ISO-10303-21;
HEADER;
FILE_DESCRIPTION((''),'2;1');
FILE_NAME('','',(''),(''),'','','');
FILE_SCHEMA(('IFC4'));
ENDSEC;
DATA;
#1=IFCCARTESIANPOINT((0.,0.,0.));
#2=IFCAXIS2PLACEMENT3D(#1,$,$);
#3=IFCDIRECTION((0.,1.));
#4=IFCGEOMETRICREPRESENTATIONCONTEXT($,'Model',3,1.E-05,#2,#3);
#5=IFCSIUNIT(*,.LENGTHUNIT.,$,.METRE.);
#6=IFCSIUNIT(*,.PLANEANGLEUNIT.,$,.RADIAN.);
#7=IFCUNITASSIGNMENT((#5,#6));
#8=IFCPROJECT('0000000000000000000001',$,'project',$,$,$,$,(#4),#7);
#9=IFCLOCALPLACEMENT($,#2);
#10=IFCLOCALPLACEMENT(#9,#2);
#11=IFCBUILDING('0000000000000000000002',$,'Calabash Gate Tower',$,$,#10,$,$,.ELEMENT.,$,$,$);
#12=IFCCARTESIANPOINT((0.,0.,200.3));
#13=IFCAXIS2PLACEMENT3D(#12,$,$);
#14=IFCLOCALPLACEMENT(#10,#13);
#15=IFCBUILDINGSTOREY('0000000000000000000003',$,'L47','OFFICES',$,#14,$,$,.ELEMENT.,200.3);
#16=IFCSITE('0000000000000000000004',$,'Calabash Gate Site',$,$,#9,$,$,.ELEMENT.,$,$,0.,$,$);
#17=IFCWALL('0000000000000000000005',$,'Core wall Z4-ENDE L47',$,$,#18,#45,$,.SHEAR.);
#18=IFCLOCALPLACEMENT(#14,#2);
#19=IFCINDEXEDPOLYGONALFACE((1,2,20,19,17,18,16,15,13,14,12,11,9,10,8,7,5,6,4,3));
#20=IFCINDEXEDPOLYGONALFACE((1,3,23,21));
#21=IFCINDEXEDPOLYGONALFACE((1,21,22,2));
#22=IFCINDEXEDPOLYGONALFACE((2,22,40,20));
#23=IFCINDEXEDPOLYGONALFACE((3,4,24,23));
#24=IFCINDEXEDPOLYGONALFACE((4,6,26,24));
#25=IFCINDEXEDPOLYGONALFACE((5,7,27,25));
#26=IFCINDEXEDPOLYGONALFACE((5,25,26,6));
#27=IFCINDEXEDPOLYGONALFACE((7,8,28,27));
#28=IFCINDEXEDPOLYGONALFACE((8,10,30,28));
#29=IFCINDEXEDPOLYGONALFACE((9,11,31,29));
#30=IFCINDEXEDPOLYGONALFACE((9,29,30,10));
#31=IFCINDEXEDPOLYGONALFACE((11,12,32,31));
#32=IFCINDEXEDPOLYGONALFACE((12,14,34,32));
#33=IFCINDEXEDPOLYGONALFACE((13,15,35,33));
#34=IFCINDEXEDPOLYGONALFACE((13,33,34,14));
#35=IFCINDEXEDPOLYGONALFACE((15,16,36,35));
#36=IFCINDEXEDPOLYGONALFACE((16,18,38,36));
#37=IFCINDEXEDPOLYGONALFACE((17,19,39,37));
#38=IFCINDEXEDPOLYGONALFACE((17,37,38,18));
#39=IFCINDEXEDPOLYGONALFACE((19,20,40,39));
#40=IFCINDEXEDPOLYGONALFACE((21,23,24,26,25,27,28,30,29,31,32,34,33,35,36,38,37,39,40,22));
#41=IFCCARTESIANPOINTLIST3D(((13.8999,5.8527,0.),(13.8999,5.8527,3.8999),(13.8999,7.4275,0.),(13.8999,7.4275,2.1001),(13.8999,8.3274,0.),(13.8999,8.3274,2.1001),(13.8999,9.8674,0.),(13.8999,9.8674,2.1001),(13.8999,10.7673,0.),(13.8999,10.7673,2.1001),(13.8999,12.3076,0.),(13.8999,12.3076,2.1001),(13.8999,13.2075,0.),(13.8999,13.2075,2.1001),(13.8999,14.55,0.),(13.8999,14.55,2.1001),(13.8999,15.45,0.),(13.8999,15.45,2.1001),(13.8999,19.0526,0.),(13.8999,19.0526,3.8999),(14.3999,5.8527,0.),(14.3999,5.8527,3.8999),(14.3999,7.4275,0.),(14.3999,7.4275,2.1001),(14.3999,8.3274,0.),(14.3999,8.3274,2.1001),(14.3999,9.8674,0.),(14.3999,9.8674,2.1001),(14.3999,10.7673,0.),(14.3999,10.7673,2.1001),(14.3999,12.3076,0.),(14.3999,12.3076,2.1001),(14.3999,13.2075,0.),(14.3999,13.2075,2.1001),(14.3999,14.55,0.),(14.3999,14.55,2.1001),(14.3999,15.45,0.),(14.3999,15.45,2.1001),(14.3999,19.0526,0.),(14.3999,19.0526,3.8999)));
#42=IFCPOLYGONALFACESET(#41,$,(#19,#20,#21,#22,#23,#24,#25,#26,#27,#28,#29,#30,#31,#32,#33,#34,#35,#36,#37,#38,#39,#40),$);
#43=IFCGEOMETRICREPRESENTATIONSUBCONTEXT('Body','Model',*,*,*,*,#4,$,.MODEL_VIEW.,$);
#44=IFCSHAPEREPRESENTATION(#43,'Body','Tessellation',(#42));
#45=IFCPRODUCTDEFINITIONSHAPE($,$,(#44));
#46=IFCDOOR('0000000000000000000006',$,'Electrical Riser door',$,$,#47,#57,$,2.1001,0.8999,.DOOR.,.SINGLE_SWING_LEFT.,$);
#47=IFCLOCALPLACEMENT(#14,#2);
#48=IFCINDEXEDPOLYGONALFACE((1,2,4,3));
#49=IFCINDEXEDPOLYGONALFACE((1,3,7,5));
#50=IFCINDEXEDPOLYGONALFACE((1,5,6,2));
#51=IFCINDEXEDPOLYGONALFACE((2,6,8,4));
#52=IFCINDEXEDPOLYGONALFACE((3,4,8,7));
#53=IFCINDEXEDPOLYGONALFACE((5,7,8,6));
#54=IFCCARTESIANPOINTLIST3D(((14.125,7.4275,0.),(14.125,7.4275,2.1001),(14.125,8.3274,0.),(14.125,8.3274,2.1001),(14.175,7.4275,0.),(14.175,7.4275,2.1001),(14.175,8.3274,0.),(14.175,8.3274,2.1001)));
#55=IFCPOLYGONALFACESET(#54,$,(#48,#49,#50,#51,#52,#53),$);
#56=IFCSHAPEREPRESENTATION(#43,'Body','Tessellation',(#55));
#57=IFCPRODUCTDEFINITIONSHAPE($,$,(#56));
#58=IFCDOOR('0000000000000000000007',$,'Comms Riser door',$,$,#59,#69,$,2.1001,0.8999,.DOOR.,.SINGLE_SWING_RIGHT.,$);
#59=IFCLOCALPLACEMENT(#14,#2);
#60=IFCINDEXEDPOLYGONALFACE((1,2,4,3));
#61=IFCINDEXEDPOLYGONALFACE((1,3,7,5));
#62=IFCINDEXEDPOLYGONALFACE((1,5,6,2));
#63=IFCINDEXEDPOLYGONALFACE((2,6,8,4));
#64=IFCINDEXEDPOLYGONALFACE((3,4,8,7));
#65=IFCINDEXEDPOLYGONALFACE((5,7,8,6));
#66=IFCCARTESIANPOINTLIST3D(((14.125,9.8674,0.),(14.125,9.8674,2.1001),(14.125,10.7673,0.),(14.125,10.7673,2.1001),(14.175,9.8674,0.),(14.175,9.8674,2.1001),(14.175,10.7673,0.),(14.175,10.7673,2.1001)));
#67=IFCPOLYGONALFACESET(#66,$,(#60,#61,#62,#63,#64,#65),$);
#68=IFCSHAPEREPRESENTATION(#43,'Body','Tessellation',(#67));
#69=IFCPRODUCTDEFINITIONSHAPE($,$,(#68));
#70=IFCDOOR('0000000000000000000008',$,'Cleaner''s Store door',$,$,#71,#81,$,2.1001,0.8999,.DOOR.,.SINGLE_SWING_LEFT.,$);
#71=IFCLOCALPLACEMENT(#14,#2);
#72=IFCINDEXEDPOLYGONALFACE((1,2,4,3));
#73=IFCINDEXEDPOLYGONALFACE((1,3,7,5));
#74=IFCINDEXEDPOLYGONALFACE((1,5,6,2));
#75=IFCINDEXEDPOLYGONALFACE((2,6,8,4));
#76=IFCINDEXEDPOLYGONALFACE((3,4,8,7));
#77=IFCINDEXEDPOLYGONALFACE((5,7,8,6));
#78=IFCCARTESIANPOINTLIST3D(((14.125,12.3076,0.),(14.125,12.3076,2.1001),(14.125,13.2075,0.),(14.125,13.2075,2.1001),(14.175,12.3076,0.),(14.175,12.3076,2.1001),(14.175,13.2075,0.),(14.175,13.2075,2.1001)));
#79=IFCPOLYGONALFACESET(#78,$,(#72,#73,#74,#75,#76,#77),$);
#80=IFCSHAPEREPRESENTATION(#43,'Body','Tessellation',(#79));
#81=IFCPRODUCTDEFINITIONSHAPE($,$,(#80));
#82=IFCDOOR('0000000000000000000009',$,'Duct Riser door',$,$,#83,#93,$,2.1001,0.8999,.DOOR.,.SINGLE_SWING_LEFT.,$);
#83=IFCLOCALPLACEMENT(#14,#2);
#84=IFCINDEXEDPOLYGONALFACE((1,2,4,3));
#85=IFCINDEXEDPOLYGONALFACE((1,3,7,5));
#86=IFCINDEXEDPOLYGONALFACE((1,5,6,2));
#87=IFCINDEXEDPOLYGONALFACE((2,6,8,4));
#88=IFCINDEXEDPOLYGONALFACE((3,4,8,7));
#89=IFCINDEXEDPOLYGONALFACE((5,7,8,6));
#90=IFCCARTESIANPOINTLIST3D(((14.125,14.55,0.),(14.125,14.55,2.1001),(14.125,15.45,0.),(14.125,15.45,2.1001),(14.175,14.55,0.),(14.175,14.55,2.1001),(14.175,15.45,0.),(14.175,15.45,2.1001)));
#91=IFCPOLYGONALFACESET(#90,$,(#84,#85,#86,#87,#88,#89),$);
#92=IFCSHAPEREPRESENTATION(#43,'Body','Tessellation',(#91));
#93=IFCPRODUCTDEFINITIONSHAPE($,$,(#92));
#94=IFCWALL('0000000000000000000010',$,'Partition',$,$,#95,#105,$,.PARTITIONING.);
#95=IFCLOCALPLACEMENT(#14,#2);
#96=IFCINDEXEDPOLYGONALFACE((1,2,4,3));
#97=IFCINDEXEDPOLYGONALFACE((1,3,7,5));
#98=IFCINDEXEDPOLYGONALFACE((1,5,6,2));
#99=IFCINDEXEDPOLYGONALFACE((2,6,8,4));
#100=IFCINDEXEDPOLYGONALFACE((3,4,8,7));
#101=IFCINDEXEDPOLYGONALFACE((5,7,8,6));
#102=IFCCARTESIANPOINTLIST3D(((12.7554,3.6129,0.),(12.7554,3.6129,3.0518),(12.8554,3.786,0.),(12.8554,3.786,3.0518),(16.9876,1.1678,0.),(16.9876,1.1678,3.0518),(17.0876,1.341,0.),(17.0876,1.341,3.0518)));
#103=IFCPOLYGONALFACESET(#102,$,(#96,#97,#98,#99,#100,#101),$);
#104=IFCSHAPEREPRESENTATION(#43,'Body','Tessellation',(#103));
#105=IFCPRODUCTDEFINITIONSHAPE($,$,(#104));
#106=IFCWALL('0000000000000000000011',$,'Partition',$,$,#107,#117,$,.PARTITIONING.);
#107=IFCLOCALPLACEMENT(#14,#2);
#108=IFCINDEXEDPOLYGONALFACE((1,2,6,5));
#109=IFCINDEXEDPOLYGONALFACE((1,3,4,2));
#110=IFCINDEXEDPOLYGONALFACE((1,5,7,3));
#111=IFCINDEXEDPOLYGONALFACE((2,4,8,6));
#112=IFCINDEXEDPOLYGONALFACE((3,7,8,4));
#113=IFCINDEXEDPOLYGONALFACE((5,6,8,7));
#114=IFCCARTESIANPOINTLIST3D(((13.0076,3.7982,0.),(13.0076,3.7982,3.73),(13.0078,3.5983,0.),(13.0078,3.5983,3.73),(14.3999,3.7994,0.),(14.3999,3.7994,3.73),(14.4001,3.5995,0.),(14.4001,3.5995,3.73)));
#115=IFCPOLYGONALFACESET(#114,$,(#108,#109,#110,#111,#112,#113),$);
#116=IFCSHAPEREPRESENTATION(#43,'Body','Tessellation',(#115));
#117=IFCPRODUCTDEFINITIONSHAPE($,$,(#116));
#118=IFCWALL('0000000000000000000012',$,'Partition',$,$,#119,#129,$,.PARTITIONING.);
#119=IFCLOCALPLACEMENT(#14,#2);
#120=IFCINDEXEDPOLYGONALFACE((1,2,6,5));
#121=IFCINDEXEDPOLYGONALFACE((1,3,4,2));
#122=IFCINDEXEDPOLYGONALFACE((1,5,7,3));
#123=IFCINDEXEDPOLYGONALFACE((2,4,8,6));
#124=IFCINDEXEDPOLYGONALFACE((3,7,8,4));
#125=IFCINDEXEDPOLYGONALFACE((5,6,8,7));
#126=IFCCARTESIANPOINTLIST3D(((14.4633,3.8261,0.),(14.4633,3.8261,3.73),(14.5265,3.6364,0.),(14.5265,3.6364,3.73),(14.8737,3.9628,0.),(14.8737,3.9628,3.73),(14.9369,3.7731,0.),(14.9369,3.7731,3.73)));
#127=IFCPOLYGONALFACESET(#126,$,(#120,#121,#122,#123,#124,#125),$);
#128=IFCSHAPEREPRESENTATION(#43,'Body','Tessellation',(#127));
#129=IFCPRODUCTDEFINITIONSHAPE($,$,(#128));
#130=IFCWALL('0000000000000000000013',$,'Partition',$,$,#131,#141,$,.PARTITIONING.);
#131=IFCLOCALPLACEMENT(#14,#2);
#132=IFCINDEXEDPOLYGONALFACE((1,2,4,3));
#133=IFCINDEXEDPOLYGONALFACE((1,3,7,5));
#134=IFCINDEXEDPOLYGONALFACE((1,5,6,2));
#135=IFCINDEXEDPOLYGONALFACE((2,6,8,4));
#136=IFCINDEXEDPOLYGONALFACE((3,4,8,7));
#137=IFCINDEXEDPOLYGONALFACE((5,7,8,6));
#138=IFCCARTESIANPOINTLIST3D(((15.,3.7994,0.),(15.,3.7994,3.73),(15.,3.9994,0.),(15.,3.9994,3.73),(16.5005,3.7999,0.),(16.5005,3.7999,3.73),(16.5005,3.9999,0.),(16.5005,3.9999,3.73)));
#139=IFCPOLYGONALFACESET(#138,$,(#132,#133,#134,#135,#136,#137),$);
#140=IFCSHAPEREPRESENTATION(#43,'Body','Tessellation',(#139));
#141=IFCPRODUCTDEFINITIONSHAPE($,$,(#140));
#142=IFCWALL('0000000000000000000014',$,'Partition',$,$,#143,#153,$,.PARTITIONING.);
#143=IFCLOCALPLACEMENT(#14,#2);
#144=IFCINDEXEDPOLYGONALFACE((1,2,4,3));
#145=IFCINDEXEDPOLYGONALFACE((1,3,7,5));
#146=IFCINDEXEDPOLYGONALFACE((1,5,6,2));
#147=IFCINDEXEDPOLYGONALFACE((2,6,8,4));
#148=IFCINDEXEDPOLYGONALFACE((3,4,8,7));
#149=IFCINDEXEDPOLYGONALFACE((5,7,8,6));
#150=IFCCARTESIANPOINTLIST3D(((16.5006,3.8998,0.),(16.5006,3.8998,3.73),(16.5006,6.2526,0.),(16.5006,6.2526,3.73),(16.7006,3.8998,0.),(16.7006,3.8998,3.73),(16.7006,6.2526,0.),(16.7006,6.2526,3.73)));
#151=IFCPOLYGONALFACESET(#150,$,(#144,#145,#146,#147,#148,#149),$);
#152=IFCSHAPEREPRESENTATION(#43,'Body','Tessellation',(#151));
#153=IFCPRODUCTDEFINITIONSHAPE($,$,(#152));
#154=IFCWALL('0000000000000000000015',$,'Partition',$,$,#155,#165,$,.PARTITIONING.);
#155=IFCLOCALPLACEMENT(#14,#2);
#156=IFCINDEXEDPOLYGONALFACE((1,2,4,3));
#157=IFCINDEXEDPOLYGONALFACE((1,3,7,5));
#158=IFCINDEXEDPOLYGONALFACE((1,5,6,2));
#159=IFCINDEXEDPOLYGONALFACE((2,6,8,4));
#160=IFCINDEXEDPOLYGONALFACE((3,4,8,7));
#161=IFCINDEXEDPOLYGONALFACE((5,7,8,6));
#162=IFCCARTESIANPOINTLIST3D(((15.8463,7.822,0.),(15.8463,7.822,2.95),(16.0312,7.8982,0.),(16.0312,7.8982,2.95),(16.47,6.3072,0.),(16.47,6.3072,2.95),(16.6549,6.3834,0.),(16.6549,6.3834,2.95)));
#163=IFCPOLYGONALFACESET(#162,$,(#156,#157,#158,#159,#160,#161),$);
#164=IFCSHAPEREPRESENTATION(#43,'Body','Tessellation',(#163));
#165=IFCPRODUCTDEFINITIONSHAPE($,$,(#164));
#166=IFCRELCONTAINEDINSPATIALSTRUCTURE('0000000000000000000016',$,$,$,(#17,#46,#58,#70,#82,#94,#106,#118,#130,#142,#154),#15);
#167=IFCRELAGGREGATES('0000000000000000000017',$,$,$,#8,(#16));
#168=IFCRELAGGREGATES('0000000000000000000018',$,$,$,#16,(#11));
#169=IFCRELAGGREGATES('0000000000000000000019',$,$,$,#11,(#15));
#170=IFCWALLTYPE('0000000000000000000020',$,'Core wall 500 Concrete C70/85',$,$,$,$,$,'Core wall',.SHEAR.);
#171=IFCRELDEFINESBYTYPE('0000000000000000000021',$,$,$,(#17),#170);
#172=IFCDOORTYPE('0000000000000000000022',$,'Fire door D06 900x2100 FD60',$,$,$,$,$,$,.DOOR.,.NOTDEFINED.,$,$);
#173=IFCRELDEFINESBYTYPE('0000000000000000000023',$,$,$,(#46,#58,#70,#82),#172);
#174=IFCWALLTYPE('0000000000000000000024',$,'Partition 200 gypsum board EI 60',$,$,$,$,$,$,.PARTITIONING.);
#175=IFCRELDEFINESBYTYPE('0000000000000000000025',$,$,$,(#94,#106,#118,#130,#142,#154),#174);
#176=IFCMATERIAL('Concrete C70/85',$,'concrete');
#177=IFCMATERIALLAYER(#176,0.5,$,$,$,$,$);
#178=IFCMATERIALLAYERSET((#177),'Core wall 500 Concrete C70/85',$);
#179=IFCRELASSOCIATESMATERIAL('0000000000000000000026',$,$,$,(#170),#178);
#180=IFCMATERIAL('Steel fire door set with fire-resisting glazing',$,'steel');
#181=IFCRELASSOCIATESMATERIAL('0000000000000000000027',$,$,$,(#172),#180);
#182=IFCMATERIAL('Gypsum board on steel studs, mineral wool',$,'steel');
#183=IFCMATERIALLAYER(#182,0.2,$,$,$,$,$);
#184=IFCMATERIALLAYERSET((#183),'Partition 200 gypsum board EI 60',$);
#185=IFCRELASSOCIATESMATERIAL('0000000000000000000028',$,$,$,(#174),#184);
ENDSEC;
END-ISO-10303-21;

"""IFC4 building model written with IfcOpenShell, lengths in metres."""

from ifc_helpers import new_model, si_unit, direction, frame, frame_2d, origin, place, context, subcontext, project, spatial, rectangle, extrude, material, layer, layer_set, type_object, element, fill, save


model = new_model("IFC4")

# Units and contexts
model_context = context("Model", 3, precision=1e-05, world=origin(), true_north=direction((0.0, 1.0)))
body_context = subcontext(model_context, "Body", "Model", "MODEL_VIEW")
ifc_project = project(units=[si_unit("LENGTHUNIT", "METRE"), si_unit("PLANEANGLEUNIT", "RADIAN")], contexts=[model_context])

# Site, building, storey
site_placement = place(None, origin())
site = spatial("IfcSite", under=ifc_project, at=site_placement, Name="Calabash Gate Site", CompositionType="ELEMENT", RefElevation=0.0)
building_placement = place(site_placement, origin())
building = spatial("IfcBuilding", under=site, at=building_placement, Name="Calabash Gate Tower", CompositionType="ELEMENT")
storey_placement = place(building_placement, frame((0.0, 0.0, 200.3)))
storey = spatial("IfcBuildingStorey", under=building, at=storey_placement, Name="L47", Description="OFFICES", CompositionType="ELEMENT", Elevation=200.3)

# Wall, openings, doors
ifc_material_1 = material(Name="Concrete C70/85", Category="concrete")
ifc_layer_1 = layer(ifc_material_1, 0.5)
ifc_layer_set_1 = layer_set([ifc_layer_1], Name="Core wall 500 Concrete C70/85")
wall_type_1 = type_object("IfcWallType", Name="Core wall 500 Concrete C70/85", ElementType="Core wall", PredefinedType="SHEAR", material=ifc_layer_set_1)
wall_1_placement = place(storey_placement, frame((14.1499, 5.8525, 0.0), z_axis=(0.0, 0.0, 1.0), x_axis=(0.0, 1.0, 0.0)))
wall_1 = element("IfcWall", 1, at=wall_1_placement, inside=storey, type_object=wall_type_1, Name="Core wall Z4-ENDE L47", PredefinedType="SHEAR", context=body_context, shape_type="SweptSolid", body=[
    extrude(rectangle(XDim=13.2, YDim=0.5, at=frame_2d((6.6001, 0.0))), origin(), (0.0, 0.0, 1.0), 3.8999),
])
opening_1_placement = place(wall_1_placement, frame((1.575, 0.0, 0.0)))
opening_1 = element("IfcOpeningElement", 2, at=opening_1_placement, cuts=wall_1, PredefinedType="OPENING", context=body_context, shape_type="SweptSolid", body=[
    extrude(rectangle(XDim=0.8999, YDim=2.1001, at=frame_2d((0.45, 1.05))), frame((0.0, 0.26, 0.0), z_axis=(0.0, -1.0, 0.0), x_axis=(1.0, 0.0, 0.0)), (0.0, 0.0, 1.0), 0.52),
])
opening_2_placement = place(wall_1_placement, frame((4.0149, 0.0, 0.0)))
opening_2 = element("IfcOpeningElement", 3, at=opening_2_placement, cuts=wall_1, PredefinedType="OPENING", context=body_context, shape_type="SweptSolid", body=[
    extrude(rectangle(XDim=0.8999, YDim=2.1001, at=frame_2d((0.45, 1.05))), frame((0.0, 0.26, 0.0), z_axis=(0.0, -1.0, 0.0), x_axis=(1.0, 0.0, 0.0)), (0.0, 0.0, 1.0), 0.52),
])
opening_3_placement = place(wall_1_placement, frame((6.4551, 0.0, 0.0)))
opening_3 = element("IfcOpeningElement", 4, at=opening_3_placement, cuts=wall_1, PredefinedType="OPENING", context=body_context, shape_type="SweptSolid", body=[
    extrude(rectangle(XDim=0.8999, YDim=2.1001, at=frame_2d((0.45, 1.05))), frame((0.0, 0.26, 0.0), z_axis=(0.0, -1.0, 0.0), x_axis=(1.0, 0.0, 0.0)), (0.0, 0.0, 1.0), 0.52),
])
opening_4_placement = place(wall_1_placement, frame((8.6975, 0.0, 0.0)))
opening_4 = element("IfcOpeningElement", 5, at=opening_4_placement, cuts=wall_1, PredefinedType="OPENING", context=body_context, shape_type="SweptSolid", body=[
    extrude(rectangle(XDim=0.8999, YDim=2.1001, at=frame_2d((0.45, 1.05))), frame((0.0, 0.26, 0.0), z_axis=(0.0, -1.0, 0.0), x_axis=(1.0, 0.0, 0.0)), (0.0, 0.0, 1.0), 0.52),
])
ifc_material_2 = material(Name="Steel fire door set with fire-resisting glazing", Category="steel")
door_type_1 = type_object("IfcDoorType", Name="Fire door D06 900x2100 FD60", OperationType="NOTDEFINED", PredefinedType="DOOR", material=ifc_material_2)
door_1_placement = place(opening_1_placement, origin())
door_1 = element("IfcDoor", 6, at=door_1_placement, inside=storey, type_object=door_type_1, Name="Electrical Riser door", OperationType="SINGLE_SWING_LEFT", OverallHeight=2.1001, OverallWidth=0.8999, PredefinedType="DOOR", context=body_context, shape_type="SweptSolid", body=[
    extrude(rectangle(XDim=0.8999, YDim=2.1001, at=frame_2d((0.45, 1.05))), frame((0.0, 0.0249, 0.0), z_axis=(0.0, -1.0, 0.0), x_axis=(1.0, 0.0, 0.0)), (0.0, 0.0, 1.0), 0.05),
])
fill(opening_1, door_1)
door_2_placement = place(opening_2_placement, origin())
door_2 = element("IfcDoor", 7, at=door_2_placement, inside=storey, type_object=door_type_1, Name="Comms Riser door", OperationType="SINGLE_SWING_RIGHT", OverallHeight=2.1001, OverallWidth=0.8999, PredefinedType="DOOR", context=body_context, shape_type="SweptSolid", body=[
    extrude(rectangle(XDim=0.8999, YDim=2.1001, at=frame_2d((0.45, 1.05))), frame((0.0, 0.0249, 0.0), z_axis=(0.0, -1.0, 0.0), x_axis=(1.0, 0.0, 0.0)), (0.0, 0.0, 1.0), 0.05),
])
fill(opening_2, door_2)
door_3_placement = place(opening_3_placement, origin())
door_3 = element("IfcDoor", 8, at=door_3_placement, inside=storey, type_object=door_type_1, Name="Cleaner's Store door", OperationType="SINGLE_SWING_LEFT", OverallHeight=2.1001, OverallWidth=0.8999, PredefinedType="DOOR", context=body_context, shape_type="SweptSolid", body=[
    extrude(rectangle(XDim=0.8999, YDim=2.1001, at=frame_2d((0.45, 1.05))), frame((0.0, 0.0249, 0.0), z_axis=(0.0, -1.0, 0.0), x_axis=(1.0, 0.0, 0.0)), (0.0, 0.0, 1.0), 0.05),
])
fill(opening_3, door_3)
door_4_placement = place(opening_4_placement, origin())
door_4 = element("IfcDoor", 9, at=door_4_placement, inside=storey, type_object=door_type_1, Name="Duct Riser door", OperationType="SINGLE_SWING_LEFT", OverallHeight=2.1001, OverallWidth=0.8999, PredefinedType="DOOR", context=body_context, shape_type="SweptSolid", body=[
    extrude(rectangle(XDim=0.8999, YDim=2.1001, at=frame_2d((0.45, 1.05))), frame((0.0, 0.0249, 0.0), z_axis=(0.0, -1.0, 0.0), x_axis=(1.0, 0.0, 0.0)), (0.0, 0.0, 1.0), 0.05),
])
fill(opening_4, door_4)

# Walls
ifc_material_3 = material(Name="Gypsum board on steel studs, mineral wool", Category="steel")
ifc_layer_2 = layer(ifc_material_3, 0.2)
ifc_layer_set_2 = layer_set([ifc_layer_2], Name="Partition 200 gypsum board EI 60")
wall_type_2 = type_object("IfcWallType", Name="Partition 200 gypsum board EI 60", PredefinedType="PARTITIONING", material=ifc_layer_set_2)
wall_2_placement = place(storey_placement, frame((12.8054, 3.6995, 0.0), z_axis=(0.0, 0.0, 1.0), x_axis=(0.865882, -0.500248, 0.0)))
element("IfcWall", 10, at=wall_2_placement, inside=storey, type_object=wall_type_2, Name="Partition", PredefinedType="PARTITIONING", context=body_context, shape_type="SweptSolid", body=[
    extrude(rectangle(XDim=4.8877, YDim=0.2, at=frame_2d((2.4438, 0.0))), origin(), (0.0, 0.0, 1.0), 3.0518),
])
wall_3_placement = place(storey_placement, frame((13.0076, 3.6982, 0.0), z_axis=(0.0, 0.0, 1.0), x_axis=(1.0, 0.000877, 0.0)))
element("IfcWall", 11, at=wall_3_placement, inside=storey, type_object=wall_type_2, Name="Partition", PredefinedType="PARTITIONING", context=body_context, shape_type="SweptSolid", body=[
    extrude(rectangle(XDim=1.3923, YDim=0.2, at=frame_2d((0.6963, 0.0))), origin(), (0.0, 0.0, 1.0), 3.73),
])
wall_4_placement = place(storey_placement, frame((14.4949, 3.7312, 0.0), z_axis=(0.0, 0.0, 1.0), x_axis=(0.94874, 0.316058, 0.0)))
element("IfcWall", 12, at=wall_4_placement, inside=storey, type_object=wall_type_2, Name="Partition", PredefinedType="PARTITIONING", context=body_context, shape_type="SweptSolid", body=[
    extrude(rectangle(XDim=0.4326, YDim=0.2, at=frame_2d((0.2163, 0.0))), origin(), (0.0, 0.0, 1.0), 3.73),
])
wall_5_placement = place(storey_placement, frame((15.0, 3.8994, 0.0), z_axis=(0.0, 0.0, 1.0), x_axis=(1.0, 0.000325, 0.0)))
element("IfcWall", 13, at=wall_5_placement, inside=storey, type_object=wall_type_2, Name="Partition", PredefinedType="PARTITIONING", context=body_context, shape_type="SweptSolid", body=[
    extrude(rectangle(XDim=1.5005, YDim=0.2, at=frame_2d((0.7502, 0.0))), origin(), (0.0, 0.0, 1.0), 3.73),
])
wall_6_placement = place(storey_placement, frame((16.6006, 3.8999, 0.0), z_axis=(0.0, 0.0, 1.0), x_axis=(0.0, 1.0, 0.0)))
element("IfcWall", 14, at=wall_6_placement, inside=storey, type_object=wall_type_2, Name="Partition", PredefinedType="PARTITIONING", context=body_context, shape_type="SweptSolid", body=[
    extrude(rectangle(XDim=2.3528, YDim=0.2, at=frame_2d((1.1763, 0.0))), origin(), (0.0, 0.0, 1.0), 3.73),
])
wall_7_placement = place(storey_placement, frame((15.9387, 7.8601, 0.0), z_axis=(0.0, 0.0, 1.0), x_axis=(0.38075, -0.924678, 0.0)))
element("IfcWall", 15, at=wall_7_placement, inside=storey, type_object=wall_type_2, Name="Partition", PredefinedType="PARTITIONING", context=body_context, shape_type="SweptSolid", body=[
    extrude(rectangle(XDim=1.6382, YDim=0.2, at=frame_2d((0.8191, 0.0))), origin(), (0.0, 0.0, 1.0), 2.95),
])

save(model, "model.ifc")
